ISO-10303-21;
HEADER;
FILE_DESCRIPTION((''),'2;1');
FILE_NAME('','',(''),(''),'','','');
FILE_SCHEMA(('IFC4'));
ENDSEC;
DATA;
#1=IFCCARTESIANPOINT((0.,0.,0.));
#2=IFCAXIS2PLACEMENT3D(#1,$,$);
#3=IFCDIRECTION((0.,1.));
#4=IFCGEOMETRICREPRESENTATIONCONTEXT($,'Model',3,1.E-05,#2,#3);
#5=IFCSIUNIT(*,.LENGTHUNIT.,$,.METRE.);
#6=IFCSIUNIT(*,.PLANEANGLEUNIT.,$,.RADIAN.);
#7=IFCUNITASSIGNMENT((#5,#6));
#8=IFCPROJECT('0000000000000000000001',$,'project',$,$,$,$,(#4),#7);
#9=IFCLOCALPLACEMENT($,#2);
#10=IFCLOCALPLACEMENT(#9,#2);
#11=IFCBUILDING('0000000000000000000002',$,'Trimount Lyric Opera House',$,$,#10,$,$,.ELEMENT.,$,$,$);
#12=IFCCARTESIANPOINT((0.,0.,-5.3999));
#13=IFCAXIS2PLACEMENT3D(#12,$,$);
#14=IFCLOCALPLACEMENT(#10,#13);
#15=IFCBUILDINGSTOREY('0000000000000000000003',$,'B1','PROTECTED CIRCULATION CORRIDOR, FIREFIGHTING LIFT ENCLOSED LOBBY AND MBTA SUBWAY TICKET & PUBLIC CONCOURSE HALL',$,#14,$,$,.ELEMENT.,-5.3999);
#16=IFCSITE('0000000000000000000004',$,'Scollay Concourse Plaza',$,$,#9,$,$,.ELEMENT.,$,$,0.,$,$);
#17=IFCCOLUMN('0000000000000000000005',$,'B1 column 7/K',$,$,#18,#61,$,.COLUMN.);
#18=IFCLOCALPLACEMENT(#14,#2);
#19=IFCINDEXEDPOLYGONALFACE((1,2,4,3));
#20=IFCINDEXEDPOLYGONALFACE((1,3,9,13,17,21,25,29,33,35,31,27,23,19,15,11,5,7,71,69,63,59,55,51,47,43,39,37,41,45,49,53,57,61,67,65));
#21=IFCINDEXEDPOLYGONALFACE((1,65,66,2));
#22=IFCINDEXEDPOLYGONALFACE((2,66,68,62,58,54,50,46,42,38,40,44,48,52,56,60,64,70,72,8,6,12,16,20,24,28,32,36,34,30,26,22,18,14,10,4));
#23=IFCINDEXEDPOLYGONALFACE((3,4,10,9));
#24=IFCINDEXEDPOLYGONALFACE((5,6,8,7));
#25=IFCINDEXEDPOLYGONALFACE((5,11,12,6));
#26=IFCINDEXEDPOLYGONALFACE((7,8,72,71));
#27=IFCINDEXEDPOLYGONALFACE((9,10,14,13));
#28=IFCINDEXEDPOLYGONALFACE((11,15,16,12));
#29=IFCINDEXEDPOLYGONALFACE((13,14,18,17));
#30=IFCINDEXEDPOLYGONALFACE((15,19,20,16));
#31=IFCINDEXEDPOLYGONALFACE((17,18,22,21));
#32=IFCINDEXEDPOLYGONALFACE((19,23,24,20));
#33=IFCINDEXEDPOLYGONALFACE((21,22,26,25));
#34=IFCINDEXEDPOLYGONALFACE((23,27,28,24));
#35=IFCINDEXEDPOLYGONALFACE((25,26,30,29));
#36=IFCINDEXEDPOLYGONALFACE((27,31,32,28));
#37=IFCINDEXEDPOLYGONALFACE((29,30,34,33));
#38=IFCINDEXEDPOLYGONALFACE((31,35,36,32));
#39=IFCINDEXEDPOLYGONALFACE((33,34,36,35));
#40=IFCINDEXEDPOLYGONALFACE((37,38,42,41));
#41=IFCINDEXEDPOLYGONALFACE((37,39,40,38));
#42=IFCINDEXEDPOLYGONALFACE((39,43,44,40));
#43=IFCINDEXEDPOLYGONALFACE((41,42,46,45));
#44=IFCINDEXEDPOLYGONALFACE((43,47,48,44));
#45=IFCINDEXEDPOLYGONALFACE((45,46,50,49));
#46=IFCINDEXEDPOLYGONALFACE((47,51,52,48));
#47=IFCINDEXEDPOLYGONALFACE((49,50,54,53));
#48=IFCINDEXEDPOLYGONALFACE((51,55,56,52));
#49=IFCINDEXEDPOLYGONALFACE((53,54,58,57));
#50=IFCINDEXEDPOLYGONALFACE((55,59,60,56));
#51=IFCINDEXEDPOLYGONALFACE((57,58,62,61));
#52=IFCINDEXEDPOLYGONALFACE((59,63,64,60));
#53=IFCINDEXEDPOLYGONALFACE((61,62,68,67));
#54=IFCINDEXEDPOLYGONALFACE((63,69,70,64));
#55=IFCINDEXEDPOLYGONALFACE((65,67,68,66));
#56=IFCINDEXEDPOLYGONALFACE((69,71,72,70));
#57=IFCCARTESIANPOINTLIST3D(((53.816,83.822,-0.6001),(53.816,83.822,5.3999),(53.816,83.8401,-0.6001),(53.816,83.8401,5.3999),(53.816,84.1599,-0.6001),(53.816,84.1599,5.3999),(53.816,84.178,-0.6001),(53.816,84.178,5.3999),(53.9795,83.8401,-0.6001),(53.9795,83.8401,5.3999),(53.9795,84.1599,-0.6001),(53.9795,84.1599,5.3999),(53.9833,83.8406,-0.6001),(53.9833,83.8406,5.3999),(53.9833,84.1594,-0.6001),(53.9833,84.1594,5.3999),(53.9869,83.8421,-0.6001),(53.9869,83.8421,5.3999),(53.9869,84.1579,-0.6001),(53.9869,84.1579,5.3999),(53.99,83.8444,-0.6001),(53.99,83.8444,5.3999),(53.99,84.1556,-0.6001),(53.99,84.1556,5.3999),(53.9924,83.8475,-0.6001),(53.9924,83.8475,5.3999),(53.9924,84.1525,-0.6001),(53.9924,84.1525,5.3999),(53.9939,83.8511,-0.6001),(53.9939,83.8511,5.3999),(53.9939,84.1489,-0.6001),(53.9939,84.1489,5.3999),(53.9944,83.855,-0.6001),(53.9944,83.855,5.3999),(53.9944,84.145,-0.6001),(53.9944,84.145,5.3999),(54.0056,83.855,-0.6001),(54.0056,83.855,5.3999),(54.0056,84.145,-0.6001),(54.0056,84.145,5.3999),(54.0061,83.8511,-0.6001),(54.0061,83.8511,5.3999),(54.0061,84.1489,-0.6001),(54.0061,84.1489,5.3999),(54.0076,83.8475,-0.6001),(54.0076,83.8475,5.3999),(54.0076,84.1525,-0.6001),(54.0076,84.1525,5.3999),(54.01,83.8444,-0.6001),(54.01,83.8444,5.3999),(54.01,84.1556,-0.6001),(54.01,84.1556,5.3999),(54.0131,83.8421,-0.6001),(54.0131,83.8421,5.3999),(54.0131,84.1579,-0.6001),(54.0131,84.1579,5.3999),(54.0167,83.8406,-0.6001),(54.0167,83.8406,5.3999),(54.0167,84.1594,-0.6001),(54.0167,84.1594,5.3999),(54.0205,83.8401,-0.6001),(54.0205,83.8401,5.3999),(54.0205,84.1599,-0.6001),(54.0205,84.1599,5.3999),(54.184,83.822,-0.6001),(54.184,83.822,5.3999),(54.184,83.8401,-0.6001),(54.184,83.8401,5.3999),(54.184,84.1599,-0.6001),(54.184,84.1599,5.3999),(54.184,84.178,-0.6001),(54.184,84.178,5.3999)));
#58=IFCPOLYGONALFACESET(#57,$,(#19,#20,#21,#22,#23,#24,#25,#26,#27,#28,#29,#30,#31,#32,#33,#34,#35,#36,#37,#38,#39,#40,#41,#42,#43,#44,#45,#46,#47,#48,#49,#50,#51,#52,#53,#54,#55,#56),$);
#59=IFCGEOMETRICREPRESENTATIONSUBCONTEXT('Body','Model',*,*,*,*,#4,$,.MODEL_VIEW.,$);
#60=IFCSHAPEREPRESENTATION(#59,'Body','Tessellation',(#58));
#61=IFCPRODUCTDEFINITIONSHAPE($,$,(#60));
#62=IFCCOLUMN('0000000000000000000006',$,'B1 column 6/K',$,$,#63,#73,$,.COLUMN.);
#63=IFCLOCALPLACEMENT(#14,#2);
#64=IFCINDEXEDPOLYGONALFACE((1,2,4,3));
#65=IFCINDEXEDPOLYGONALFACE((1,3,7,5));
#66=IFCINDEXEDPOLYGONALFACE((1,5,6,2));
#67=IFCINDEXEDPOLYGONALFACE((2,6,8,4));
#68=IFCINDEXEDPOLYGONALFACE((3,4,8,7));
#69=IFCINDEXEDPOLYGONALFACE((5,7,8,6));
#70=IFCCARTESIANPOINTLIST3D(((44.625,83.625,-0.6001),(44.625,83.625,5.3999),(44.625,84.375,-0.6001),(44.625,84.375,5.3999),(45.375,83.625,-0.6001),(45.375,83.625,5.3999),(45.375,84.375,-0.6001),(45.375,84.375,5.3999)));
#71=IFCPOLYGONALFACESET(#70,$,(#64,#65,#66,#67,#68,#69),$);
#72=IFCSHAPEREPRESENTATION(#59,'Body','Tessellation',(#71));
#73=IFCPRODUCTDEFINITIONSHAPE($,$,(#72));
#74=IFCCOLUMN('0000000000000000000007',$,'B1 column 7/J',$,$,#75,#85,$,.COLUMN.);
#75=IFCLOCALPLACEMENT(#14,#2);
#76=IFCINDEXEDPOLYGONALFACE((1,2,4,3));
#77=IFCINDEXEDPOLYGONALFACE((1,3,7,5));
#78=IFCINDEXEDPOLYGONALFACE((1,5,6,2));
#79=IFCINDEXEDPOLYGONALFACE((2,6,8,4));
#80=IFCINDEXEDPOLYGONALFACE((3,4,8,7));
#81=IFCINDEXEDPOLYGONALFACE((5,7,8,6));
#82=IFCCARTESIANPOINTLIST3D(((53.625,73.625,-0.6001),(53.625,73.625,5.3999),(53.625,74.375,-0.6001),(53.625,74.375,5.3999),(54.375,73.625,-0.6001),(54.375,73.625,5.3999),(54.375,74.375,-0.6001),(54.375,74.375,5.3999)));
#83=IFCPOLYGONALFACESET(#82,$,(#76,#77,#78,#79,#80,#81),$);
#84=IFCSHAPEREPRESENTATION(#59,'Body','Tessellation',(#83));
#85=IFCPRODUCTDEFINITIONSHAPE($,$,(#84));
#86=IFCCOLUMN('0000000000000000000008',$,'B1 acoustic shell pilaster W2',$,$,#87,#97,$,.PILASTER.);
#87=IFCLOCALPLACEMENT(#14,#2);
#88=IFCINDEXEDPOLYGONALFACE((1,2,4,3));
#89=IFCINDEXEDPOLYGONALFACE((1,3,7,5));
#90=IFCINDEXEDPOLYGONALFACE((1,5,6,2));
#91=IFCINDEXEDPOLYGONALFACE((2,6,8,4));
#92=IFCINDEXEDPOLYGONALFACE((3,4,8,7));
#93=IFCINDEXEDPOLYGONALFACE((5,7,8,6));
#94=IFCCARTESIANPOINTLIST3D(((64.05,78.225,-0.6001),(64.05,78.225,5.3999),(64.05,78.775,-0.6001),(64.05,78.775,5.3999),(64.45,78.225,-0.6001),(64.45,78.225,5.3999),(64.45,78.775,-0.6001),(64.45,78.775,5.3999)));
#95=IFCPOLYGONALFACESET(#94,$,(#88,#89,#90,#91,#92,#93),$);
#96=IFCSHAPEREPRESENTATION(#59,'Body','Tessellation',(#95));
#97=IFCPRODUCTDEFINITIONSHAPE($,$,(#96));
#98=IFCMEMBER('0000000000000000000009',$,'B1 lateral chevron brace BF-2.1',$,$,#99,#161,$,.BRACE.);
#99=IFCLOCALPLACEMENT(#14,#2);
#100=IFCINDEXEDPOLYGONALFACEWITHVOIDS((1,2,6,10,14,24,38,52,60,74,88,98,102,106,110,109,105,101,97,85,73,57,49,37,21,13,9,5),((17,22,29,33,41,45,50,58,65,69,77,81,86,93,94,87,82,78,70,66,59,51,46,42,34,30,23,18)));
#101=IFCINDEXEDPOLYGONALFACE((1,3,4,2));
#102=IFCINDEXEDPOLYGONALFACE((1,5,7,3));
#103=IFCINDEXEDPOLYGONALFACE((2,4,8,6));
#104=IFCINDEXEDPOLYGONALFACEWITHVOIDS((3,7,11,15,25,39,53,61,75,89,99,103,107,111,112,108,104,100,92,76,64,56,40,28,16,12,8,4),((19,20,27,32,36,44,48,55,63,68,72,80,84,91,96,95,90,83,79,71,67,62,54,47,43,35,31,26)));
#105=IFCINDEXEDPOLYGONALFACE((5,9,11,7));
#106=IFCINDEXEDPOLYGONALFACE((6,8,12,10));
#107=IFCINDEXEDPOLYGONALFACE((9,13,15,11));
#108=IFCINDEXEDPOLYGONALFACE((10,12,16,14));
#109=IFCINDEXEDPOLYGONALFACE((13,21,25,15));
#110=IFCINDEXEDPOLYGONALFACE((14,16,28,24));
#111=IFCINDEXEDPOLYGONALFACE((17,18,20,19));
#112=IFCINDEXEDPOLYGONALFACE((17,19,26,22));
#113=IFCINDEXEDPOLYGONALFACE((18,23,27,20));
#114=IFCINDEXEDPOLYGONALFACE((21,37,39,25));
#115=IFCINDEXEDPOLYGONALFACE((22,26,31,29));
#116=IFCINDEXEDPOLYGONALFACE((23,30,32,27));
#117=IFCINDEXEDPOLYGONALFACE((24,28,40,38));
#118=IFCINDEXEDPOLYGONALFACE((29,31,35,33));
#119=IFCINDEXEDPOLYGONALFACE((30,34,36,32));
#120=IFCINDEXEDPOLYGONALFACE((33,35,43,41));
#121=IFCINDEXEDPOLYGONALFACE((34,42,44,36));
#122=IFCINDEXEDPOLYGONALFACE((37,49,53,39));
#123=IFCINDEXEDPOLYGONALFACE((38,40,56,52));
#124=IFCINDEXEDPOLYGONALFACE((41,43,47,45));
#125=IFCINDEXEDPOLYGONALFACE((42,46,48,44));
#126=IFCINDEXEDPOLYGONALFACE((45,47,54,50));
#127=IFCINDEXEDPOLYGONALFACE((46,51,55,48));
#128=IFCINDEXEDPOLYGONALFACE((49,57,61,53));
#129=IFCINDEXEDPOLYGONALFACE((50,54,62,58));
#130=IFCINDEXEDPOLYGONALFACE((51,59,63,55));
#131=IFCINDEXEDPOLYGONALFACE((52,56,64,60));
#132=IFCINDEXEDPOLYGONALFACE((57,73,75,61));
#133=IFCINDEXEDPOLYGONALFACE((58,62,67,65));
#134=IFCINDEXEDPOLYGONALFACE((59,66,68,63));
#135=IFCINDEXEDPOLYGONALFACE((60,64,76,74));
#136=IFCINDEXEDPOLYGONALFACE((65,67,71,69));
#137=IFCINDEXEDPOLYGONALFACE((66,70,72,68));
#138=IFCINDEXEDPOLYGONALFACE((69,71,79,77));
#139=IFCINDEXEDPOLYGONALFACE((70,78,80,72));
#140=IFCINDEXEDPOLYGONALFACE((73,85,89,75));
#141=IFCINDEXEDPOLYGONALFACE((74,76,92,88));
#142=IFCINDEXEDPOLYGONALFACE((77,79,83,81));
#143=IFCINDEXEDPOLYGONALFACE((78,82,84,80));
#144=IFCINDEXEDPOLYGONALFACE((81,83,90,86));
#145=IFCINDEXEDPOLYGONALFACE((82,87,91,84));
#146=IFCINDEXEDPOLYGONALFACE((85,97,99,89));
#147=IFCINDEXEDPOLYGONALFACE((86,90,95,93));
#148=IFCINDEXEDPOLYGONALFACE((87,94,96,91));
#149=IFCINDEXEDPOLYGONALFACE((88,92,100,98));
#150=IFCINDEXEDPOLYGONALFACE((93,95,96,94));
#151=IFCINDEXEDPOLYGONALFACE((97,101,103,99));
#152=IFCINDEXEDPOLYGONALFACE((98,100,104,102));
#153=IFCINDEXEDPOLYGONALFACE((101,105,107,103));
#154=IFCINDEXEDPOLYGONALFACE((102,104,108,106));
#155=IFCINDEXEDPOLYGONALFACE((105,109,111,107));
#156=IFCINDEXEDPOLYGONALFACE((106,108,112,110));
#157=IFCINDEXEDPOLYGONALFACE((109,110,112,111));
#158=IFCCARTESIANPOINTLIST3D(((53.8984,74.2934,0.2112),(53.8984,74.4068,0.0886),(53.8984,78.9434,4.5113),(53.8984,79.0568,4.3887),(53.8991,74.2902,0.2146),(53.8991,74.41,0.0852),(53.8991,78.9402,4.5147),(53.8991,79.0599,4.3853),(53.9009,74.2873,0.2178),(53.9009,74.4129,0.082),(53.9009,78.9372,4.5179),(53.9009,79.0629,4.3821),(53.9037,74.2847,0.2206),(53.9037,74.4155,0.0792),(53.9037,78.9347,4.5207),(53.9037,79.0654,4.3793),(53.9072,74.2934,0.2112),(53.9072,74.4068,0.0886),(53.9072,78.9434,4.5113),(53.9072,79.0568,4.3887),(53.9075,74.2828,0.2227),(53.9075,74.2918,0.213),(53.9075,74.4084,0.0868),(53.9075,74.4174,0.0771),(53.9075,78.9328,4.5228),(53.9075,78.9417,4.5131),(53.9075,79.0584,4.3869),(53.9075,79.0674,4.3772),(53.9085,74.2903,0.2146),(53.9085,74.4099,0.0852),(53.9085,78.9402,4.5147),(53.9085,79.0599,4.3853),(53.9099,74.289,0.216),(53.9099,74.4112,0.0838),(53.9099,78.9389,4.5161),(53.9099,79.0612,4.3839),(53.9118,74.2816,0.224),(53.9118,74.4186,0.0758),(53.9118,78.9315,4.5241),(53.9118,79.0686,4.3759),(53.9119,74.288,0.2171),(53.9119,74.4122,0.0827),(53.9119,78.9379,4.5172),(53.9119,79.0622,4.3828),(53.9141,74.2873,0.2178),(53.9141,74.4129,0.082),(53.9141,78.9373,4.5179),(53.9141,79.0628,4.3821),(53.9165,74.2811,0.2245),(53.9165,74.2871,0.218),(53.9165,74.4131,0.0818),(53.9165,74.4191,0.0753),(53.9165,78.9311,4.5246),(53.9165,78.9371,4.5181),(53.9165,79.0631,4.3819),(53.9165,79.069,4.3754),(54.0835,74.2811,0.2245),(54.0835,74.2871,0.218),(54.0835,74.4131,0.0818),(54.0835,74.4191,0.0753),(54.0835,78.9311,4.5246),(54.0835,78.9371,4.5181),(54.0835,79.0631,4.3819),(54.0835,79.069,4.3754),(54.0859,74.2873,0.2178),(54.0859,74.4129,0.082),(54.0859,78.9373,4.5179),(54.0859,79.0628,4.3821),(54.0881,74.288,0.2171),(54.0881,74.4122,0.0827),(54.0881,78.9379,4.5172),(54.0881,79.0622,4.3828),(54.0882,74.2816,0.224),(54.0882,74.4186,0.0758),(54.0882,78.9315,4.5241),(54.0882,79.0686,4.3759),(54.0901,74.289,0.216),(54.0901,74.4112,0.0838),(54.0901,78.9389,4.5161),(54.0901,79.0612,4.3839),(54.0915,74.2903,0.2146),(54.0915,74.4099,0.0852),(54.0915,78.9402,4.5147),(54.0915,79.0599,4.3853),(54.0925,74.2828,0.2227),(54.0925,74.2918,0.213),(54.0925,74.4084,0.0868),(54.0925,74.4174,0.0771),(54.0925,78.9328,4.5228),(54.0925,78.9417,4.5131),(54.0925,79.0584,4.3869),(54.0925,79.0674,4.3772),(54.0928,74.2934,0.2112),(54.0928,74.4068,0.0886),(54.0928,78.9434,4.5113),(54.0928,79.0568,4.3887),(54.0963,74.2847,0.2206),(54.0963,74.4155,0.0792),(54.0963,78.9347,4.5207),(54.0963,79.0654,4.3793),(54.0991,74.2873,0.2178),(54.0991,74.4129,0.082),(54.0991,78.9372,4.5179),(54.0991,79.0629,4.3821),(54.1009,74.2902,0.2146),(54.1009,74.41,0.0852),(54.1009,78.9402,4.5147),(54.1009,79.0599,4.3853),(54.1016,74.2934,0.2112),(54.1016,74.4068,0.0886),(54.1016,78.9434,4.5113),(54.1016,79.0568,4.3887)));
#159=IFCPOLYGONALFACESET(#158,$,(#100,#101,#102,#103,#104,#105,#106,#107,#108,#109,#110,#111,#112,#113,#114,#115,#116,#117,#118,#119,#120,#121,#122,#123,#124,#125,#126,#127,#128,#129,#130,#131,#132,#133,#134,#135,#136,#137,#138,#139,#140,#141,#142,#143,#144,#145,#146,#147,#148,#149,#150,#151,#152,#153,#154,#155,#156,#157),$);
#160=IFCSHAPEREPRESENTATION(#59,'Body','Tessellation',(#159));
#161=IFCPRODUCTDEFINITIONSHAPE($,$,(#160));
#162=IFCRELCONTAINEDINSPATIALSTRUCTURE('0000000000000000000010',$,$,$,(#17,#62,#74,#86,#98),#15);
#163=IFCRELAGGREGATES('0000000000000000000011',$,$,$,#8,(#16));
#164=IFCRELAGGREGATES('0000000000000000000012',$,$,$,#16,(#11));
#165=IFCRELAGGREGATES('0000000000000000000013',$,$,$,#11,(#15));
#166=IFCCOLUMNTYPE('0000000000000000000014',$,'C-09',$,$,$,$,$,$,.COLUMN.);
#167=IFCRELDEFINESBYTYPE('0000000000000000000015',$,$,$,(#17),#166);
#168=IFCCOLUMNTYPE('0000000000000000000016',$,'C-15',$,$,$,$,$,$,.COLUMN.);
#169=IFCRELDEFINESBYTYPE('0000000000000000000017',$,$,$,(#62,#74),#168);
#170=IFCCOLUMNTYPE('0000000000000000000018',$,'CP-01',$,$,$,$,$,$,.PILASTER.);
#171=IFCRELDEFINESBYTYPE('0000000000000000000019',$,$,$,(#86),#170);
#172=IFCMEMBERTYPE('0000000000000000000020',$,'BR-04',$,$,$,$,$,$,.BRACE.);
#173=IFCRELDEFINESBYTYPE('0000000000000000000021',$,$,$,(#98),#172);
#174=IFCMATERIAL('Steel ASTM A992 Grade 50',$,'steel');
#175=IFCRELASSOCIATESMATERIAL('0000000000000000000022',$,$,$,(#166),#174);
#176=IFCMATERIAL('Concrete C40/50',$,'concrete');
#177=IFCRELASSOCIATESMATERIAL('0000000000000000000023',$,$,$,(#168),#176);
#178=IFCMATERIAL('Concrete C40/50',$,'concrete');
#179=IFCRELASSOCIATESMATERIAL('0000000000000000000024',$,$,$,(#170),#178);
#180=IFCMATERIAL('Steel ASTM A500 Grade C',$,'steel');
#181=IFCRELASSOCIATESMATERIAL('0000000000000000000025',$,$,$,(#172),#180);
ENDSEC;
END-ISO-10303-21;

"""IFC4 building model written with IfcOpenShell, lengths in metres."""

from ifc_helpers import new_model, si_unit, direction, frame, origin, origin_2d, place, context, subcontext, project, spatial, rectangle, hollow_rectangle, i_section, extrude, material, material_profile, profile_set, type_object, element, save


model = new_model("IFC4")

# Units and contexts
model_context = context("Model", 3, precision=1e-05, world=origin(), true_north=direction((0.0, 1.0)))
body_context = subcontext(model_context, "Body", "Model", "MODEL_VIEW")
ifc_project = project(units=[si_unit("LENGTHUNIT", "METRE"), si_unit("PLANEANGLEUNIT", "RADIAN")], contexts=[model_context])

# Site, building, storey
site_placement = place(None, origin())
site = spatial("IfcSite", under=ifc_project, at=site_placement, Name="Scollay Concourse Plaza", CompositionType="ELEMENT", RefElevation=0.0)
building_placement = place(site_placement, origin())
building = spatial("IfcBuilding", under=site, at=building_placement, Name="Trimount Lyric Opera House", CompositionType="ELEMENT")
storey_placement = place(building_placement, frame((0.0, 0.0, -5.3999)))
storey = spatial("IfcBuildingStorey", under=building, at=storey_placement, Name="B1", Description="PROTECTED CIRCULATION CORRIDOR, FIREFIGHTING LIFT ENCLOSED LOBBY AND MBTA SUBWAY TICKET & PUBLIC CONCOURSE HALL", CompositionType="ELEMENT", Elevation=-5.3999)

# Columns
ifc_material_1 = material(Name="Steel ASTM A992 Grade 50", Category="steel")
ifc_material_profile_1 = material_profile(ifc_material_1, i_section(OverallWidth=0.3679, OverallDepth=0.356, WebThickness=0.0112, FlangeThickness=0.0181, FilletRadius=0.0149, at=origin_2d()), Name="W14X90")
ifc_profile_set_1 = profile_set([ifc_material_profile_1], Name="Steel ASTM A992 Grade 50")
column_type_1 = type_object("IfcColumnType", Name="C-09", PredefinedType="COLUMN", material=ifc_profile_set_1)
column_1_placement = place(storey_placement, frame((54.0, 84.0, -0.6001), z_axis=(0.0, 0.0, 1.0), x_axis=(1.0, 0.0, 0.0)))
element("IfcColumn", 1, at=column_1_placement, inside=storey, type_object=column_type_1, Name="B1 column 7/K", PredefinedType="COLUMN", context=body_context, shape_type="SweptSolid", body=[
    extrude(i_section(OverallWidth=0.3679, OverallDepth=0.356, WebThickness=0.0112, FlangeThickness=0.0181, FilletRadius=0.0149, at=origin_2d()), origin(), (0.0, 0.0, 1.0), 6.0),
])
ifc_material_2 = material(Name="Concrete C40/50", Category="concrete")
ifc_material_profile_2 = material_profile(ifc_material_2, rectangle(XDim=0.75, YDim=0.75, at=origin_2d()), Name="RC750X750")
ifc_profile_set_2 = profile_set([ifc_material_profile_2], Name="Concrete C40/50")
column_type_2 = type_object("IfcColumnType", Name="C-15", PredefinedType="COLUMN", material=ifc_profile_set_2)
for number, where, z_axis, x_axis, name in (
    (2, (45.0, 84.0, -0.6001), (0.0, 0.0, 1.0), (1.0, 0.0, 0.0), "B1 column 6/K"),
    (3, (54.0, 74.0, -0.6001), (0.0, 0.0, 1.0), (1.0, 0.0, 0.0), "B1 column 7/J"),
):
    element("IfcColumn", number, at=place(storey_placement, frame(where, z_axis=z_axis, x_axis=x_axis)), inside=storey, type_object=column_type_2, Name=name, PredefinedType="COLUMN", context=body_context, shape_type="SweptSolid", body=[
        extrude(rectangle(XDim=0.75, YDim=0.75, at=origin_2d()), origin(), (0.0, 0.0, 1.0), 6.0),
    ])
ifc_material_3 = material(Name="Concrete C40/50", Category="concrete")
ifc_material_profile_3 = material_profile(ifc_material_3, rectangle(XDim=0.3999, YDim=0.55, at=origin_2d()), Name="RC550X400")
ifc_profile_set_3 = profile_set([ifc_material_profile_3], Name="Concrete C40/50")
column_type_3 = type_object("IfcColumnType", Name="CP-01", PredefinedType="PILASTER", material=ifc_profile_set_3)
column_2_placement = place(storey_placement, frame((64.25, 78.5, -0.6001), z_axis=(0.0, 0.0, 1.0), x_axis=(1.0, 0.0, 0.0)))
element("IfcColumn", 4, at=column_2_placement, inside=storey, type_object=column_type_3, Name="B1 acoustic shell pilaster W2", PredefinedType="PILASTER", context=body_context, shape_type="SweptSolid", body=[
    extrude(rectangle(XDim=0.3999, YDim=0.55, at=origin_2d()), origin(), (0.0, 0.0, 1.0), 6.0),
])

# Member
ifc_material_4 = material(Name="Steel ASTM A500 Grade C", Category="steel")
ifc_material_profile_4 = material_profile(ifc_material_4, hollow_rectangle(XDim=0.2031, YDim=0.2031, WallThickness=0.0088, InnerFilletRadius=0.0093, OuterFilletRadius=0.0181, at=origin_2d()), Name="HSS203.2X203.2X9.5")
ifc_profile_set_4 = profile_set([ifc_material_profile_4], Name="Steel ASTM A500 Grade C")
member_type_1 = type_object("IfcMemberType", Name="BR-04", PredefinedType="BRACE", material=ifc_profile_set_4)
member_1_placement = place(storey_placement, frame((54.0, 74.3501, 0.1499), z_axis=(0.0, 0.734187, 0.678947), x_axis=(-1.0, 0.0, 0.0)))
element("IfcMember", 5, at=member_1_placement, inside=storey, type_object=member_type_1, Name="B1 lateral chevron brace BF-2.1", PredefinedType="BRACE", context=body_context, shape_type="SweptSolid", body=[
    extrude(hollow_rectangle(XDim=0.2031, YDim=0.2031, WallThickness=0.0088, InnerFilletRadius=0.0093, OuterFilletRadius=0.0181, at=origin_2d()), origin(), (0.0, 0.0, 1.0), 6.3335),
])

save(model, "model.ifc")
